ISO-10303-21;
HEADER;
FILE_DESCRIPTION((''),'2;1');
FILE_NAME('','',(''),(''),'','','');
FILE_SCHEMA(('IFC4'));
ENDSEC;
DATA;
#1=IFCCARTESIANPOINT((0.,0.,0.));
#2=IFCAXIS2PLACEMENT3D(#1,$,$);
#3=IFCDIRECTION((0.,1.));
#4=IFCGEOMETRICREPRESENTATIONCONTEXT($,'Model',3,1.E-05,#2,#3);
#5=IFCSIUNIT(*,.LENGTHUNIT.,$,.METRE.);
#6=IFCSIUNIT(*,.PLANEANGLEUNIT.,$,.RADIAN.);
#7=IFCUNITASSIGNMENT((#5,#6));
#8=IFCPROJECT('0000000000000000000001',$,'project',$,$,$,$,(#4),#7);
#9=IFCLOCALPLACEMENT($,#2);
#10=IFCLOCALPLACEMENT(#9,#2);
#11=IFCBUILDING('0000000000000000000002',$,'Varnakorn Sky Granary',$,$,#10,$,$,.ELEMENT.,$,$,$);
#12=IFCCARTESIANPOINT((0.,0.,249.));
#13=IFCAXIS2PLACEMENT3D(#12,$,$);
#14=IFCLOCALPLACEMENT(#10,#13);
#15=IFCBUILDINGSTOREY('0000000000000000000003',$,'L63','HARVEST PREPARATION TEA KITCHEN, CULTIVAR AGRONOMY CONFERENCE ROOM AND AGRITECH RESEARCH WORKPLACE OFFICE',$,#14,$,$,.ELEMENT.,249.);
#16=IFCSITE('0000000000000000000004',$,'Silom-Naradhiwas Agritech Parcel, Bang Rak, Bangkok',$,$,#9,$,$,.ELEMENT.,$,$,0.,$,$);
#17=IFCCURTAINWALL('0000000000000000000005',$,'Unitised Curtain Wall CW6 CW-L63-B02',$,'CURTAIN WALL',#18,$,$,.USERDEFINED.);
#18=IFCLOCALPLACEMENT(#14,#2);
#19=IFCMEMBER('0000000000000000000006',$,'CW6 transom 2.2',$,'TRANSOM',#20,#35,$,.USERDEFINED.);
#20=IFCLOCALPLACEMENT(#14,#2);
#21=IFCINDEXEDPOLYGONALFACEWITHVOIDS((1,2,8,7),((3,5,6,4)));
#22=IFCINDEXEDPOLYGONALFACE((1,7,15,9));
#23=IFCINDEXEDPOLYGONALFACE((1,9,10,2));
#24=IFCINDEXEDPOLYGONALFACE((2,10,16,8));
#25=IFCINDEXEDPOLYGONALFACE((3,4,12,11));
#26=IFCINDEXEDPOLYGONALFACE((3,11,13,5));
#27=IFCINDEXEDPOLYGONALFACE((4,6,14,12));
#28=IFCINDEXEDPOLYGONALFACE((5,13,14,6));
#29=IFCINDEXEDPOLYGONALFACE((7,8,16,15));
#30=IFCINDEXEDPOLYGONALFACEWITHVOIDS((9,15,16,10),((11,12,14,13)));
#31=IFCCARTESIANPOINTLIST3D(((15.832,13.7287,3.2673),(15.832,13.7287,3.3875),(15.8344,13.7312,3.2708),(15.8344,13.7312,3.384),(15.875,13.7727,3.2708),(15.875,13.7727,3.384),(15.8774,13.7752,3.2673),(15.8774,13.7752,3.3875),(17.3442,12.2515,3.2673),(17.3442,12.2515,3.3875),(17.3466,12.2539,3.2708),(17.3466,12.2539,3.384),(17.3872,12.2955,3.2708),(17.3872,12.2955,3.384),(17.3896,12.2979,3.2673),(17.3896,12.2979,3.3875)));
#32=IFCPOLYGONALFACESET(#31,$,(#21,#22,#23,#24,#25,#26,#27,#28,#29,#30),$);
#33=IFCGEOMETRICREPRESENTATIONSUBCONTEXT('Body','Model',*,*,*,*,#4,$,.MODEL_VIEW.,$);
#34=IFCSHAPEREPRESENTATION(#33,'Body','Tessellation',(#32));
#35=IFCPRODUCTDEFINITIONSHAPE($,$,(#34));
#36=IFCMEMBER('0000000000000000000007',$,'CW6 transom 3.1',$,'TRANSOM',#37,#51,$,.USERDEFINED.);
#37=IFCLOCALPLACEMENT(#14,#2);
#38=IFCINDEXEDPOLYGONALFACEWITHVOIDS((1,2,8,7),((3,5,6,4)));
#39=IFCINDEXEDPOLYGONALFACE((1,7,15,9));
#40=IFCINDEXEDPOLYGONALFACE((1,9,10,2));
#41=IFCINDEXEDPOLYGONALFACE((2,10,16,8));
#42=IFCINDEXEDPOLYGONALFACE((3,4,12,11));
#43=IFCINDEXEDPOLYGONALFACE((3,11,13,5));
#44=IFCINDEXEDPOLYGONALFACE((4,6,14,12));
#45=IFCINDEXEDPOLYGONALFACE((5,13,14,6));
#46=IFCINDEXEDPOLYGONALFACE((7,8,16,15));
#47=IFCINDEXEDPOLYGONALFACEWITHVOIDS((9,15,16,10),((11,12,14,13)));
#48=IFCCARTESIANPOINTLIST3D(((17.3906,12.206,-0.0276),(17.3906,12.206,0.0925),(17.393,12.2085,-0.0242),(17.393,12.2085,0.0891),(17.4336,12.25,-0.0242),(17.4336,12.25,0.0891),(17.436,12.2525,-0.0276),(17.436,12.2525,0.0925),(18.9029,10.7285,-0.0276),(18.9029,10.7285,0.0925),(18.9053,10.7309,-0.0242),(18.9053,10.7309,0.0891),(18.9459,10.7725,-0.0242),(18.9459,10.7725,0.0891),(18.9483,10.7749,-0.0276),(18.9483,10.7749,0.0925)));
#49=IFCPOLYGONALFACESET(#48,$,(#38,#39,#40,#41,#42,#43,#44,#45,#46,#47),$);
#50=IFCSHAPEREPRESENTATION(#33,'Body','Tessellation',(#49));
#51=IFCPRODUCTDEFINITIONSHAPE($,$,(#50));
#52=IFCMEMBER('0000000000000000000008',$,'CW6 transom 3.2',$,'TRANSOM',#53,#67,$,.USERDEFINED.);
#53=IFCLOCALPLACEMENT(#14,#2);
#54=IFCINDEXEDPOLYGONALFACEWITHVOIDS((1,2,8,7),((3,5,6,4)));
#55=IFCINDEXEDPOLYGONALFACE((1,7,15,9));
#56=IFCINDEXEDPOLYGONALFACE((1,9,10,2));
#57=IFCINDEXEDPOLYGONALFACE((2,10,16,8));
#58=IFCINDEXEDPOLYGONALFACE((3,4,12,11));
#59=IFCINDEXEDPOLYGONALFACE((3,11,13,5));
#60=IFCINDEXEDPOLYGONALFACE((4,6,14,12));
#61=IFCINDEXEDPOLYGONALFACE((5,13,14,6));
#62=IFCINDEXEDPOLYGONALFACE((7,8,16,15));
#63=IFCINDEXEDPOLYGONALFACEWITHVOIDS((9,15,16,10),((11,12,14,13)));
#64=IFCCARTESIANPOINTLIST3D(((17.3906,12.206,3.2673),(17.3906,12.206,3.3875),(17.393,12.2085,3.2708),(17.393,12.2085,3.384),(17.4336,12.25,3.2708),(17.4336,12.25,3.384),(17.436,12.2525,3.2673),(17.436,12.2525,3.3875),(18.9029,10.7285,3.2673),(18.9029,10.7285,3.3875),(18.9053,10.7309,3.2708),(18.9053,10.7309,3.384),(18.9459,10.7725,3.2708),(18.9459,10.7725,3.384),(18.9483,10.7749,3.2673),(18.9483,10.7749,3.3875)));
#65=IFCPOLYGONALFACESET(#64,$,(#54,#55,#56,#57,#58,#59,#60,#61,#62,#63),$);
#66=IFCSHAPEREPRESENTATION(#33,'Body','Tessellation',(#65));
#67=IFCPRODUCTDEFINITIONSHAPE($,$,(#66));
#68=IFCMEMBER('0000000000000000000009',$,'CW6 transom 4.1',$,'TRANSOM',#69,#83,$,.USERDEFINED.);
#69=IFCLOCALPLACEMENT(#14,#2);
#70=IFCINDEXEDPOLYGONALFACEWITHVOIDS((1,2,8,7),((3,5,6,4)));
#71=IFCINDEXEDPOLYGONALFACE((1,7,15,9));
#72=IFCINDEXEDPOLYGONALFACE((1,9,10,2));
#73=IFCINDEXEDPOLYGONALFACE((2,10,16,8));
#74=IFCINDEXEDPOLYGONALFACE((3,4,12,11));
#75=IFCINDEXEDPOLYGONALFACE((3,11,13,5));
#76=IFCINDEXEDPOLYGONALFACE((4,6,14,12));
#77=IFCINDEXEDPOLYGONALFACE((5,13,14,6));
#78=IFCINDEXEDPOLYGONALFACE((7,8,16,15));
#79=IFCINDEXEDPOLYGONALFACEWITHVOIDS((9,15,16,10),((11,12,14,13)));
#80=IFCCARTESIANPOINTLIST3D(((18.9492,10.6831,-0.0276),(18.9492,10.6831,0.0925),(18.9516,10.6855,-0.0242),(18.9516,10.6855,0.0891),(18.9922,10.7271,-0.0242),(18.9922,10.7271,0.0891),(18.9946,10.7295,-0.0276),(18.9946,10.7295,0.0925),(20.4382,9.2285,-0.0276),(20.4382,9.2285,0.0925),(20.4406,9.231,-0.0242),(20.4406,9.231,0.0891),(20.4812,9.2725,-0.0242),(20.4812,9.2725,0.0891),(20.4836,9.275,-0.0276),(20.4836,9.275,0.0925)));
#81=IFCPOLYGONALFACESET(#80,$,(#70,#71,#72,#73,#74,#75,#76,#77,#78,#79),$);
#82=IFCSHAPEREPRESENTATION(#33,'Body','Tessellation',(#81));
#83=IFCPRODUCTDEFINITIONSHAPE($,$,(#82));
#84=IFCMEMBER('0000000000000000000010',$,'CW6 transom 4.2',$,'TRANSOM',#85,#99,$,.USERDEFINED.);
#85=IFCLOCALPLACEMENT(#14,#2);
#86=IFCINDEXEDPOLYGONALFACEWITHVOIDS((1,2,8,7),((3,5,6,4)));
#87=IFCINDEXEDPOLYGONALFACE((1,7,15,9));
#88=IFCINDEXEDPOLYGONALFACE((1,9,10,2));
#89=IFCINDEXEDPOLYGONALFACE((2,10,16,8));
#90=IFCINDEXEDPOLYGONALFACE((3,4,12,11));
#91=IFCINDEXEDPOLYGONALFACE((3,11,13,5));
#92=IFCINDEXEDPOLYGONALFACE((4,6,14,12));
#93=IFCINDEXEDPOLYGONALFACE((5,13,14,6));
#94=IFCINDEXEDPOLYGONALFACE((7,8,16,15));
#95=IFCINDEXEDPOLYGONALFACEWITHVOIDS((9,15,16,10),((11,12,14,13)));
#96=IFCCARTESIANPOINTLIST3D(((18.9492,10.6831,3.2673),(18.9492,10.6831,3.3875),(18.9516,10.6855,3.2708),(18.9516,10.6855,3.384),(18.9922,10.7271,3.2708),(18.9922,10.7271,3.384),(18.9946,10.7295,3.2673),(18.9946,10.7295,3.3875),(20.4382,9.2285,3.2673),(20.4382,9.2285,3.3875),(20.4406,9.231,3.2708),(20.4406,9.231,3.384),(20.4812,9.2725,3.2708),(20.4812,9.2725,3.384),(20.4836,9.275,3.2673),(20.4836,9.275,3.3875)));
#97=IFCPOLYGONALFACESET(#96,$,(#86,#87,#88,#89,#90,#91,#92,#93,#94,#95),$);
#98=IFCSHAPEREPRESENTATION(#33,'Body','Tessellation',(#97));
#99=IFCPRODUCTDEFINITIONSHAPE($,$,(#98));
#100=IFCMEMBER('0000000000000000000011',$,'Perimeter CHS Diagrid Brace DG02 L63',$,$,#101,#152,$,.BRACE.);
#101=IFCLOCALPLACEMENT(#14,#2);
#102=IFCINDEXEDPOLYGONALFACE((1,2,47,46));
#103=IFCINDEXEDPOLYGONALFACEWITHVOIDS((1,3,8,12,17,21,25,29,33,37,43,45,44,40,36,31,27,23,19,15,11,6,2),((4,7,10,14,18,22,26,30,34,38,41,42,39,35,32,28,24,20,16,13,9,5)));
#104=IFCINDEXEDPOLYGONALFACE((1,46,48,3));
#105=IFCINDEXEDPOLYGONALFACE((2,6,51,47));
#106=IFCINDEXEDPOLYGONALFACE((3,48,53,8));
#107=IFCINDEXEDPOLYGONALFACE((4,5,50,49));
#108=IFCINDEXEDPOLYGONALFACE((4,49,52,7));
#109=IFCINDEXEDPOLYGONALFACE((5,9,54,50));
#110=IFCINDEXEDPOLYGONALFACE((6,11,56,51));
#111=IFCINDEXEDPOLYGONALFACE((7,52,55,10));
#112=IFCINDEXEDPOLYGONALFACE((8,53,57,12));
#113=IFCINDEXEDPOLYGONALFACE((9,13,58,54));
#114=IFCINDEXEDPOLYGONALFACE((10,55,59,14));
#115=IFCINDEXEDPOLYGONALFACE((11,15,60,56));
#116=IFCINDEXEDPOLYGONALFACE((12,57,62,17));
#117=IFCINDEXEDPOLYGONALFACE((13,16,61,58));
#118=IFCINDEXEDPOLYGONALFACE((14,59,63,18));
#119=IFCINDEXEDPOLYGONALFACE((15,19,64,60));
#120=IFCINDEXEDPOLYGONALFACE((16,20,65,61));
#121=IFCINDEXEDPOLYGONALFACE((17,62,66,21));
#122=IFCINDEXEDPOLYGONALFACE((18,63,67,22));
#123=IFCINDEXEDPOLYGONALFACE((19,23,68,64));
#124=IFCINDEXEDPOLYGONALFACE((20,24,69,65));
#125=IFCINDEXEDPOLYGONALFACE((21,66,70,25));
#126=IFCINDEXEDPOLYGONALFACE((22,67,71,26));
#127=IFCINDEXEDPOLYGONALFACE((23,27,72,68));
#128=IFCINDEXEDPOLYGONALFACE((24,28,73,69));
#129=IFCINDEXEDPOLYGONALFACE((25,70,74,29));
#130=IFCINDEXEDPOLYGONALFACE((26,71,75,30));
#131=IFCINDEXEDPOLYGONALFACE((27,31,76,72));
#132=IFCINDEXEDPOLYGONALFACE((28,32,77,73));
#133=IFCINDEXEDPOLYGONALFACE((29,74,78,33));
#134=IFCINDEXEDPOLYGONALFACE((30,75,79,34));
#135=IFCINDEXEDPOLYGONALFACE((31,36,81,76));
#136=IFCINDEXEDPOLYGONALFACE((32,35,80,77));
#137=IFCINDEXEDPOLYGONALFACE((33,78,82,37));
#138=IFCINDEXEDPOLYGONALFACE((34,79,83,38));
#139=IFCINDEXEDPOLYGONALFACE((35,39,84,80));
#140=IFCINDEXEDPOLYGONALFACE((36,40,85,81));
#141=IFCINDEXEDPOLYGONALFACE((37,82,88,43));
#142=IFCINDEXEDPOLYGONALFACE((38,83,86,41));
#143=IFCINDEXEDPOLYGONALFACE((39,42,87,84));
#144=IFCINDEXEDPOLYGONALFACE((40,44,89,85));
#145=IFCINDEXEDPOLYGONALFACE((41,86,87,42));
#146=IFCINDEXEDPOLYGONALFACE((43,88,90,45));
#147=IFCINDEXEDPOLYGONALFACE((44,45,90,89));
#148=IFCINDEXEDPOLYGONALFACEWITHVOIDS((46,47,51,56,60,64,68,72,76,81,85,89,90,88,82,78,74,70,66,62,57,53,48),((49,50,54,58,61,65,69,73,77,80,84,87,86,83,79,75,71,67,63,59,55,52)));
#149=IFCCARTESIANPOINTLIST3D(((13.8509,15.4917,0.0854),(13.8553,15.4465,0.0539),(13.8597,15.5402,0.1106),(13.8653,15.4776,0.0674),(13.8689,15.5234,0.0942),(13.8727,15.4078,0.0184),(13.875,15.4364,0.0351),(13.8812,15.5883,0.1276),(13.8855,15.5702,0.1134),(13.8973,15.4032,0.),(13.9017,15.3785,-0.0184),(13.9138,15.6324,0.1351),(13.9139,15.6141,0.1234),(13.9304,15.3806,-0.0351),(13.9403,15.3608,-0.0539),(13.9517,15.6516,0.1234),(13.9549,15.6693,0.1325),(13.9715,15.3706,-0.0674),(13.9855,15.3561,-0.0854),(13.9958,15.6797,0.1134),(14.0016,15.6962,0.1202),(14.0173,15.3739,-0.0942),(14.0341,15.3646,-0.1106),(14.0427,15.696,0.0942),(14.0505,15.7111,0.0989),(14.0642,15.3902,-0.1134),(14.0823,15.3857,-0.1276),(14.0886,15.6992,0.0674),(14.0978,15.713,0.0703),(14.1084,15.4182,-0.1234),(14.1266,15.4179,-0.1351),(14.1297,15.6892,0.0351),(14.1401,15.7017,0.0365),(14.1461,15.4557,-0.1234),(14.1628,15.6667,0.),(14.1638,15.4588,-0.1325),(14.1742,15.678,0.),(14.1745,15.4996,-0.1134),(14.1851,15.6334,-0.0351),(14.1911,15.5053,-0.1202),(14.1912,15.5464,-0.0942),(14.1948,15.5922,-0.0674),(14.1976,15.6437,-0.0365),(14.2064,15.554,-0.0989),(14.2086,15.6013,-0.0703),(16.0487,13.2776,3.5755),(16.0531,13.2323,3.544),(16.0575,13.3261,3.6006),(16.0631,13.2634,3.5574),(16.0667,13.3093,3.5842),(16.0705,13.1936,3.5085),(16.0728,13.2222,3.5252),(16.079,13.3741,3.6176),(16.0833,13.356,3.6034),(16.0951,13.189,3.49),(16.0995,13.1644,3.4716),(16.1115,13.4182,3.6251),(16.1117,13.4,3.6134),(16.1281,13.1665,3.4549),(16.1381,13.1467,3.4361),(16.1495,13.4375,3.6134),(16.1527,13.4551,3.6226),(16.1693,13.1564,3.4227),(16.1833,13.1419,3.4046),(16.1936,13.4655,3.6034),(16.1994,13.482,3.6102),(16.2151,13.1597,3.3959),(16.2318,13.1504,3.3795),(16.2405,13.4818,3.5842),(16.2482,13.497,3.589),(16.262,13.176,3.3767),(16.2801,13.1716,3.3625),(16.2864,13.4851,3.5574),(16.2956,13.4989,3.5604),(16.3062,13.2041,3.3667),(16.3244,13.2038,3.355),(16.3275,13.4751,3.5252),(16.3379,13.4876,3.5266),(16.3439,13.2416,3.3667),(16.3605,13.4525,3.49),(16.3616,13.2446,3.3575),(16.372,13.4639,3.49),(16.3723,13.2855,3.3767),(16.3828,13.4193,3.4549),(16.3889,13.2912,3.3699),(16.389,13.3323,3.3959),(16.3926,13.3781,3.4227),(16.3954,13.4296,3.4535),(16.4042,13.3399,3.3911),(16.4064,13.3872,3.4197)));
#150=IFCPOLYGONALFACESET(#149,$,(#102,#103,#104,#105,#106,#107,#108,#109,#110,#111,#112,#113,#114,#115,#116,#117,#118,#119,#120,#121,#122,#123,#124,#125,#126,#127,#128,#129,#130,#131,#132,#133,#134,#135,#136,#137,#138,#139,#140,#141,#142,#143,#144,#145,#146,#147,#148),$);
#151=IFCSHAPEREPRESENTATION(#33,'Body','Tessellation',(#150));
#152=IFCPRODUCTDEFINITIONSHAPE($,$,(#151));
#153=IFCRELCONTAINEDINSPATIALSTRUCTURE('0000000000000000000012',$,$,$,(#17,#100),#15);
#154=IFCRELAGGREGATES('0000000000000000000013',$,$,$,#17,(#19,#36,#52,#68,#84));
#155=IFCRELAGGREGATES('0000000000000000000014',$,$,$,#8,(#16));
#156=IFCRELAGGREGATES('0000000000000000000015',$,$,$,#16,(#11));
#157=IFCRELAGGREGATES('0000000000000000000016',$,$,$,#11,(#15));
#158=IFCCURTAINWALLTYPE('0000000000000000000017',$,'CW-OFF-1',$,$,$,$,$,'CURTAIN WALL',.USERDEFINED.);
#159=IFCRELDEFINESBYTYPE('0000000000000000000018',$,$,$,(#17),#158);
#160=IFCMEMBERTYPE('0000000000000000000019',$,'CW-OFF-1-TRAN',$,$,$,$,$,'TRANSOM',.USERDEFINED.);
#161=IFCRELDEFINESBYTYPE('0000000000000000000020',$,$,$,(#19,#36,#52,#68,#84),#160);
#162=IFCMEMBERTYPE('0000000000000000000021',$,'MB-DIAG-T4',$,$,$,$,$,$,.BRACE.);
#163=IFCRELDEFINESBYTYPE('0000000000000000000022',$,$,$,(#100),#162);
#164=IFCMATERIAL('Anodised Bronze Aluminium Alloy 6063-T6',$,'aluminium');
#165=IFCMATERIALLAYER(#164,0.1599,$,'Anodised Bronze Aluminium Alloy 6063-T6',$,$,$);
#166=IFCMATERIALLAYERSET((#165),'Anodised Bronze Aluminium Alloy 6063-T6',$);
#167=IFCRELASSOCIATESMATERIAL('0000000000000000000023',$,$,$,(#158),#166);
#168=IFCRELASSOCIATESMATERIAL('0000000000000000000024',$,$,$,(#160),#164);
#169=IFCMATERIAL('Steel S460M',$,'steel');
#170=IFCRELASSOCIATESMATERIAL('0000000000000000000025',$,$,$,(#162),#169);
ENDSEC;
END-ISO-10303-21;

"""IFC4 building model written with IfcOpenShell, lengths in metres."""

from ifc_helpers import new_model, si_unit, direction, frame, origin, origin_2d, place, context, subcontext, project, spatial, hollow_rectangle, hollow_circle, extrude, material, layer, layer_set, material_profile, profile_set, type_object, element, aggregate, save


model = new_model("IFC4")

# Units and contexts
model_context = context("Model", 3, precision=1e-05, world=origin(), true_north=direction((0.0, 1.0)))
body_context = subcontext(model_context, "Body", "Model", "MODEL_VIEW")
ifc_project = project(units=[si_unit("LENGTHUNIT", "METRE"), si_unit("PLANEANGLEUNIT", "RADIAN")], contexts=[model_context])

# Site, building, storey
site_placement = place(None, origin())
site = spatial("IfcSite", under=ifc_project, at=site_placement, Name="Silom-Naradhiwas Agritech Parcel, Bang Rak, Bangkok", CompositionType="ELEMENT", RefElevation=0.0)
building_placement = place(site_placement, origin())
building = spatial("IfcBuilding", under=site, at=building_placement, Name="Varnakorn Sky Granary", CompositionType="ELEMENT")
storey_placement = place(building_placement, frame((0.0, 0.0, 249.0)))
storey = spatial("IfcBuildingStorey", under=building, at=storey_placement, Name="L63", Description="HARVEST PREPARATION TEA KITCHEN, CULTIVAR AGRONOMY CONFERENCE ROOM AND AGRITECH RESEARCH WORKPLACE OFFICE", CompositionType="ELEMENT", Elevation=249.0)

# Curtain wall, members
ifc_material_1 = material(Name="Anodised Bronze Aluminium Alloy 6063-T6", Category="aluminium")
ifc_layer_1 = layer(ifc_material_1, 0.1599, Name="Anodised Bronze Aluminium Alloy 6063-T6")
ifc_layer_set_1 = layer_set([ifc_layer_1], Name="Anodised Bronze Aluminium Alloy 6063-T6")
curtain_wall_type = type_object("IfcCurtainWallType", Name="CW-OFF-1", ElementType="CURTAIN WALL", PredefinedType="USERDEFINED", material=ifc_layer_set_1)
curtain_wall_placement = place(storey_placement, origin())
curtain_wall = element("IfcCurtainWall", 1, at=curtain_wall_placement, inside=storey, type_object=curtain_wall_type, Name="Unitised Curtain Wall CW6 CW-L63-B02", ObjectType="CURTAIN WALL", PredefinedType="USERDEFINED")
ifc_material_profile_1 = material_profile(ifc_material_1, hollow_rectangle(XDim=0.0649, YDim=0.1201, WallThickness=0.0034, at=origin_2d()), Name="ALU TRAN 65x120")
ifc_profile_set_1 = profile_set([ifc_material_profile_1], Name="Anodised Bronze Aluminium Alloy 6063-T6")
member_type_1 = type_object("IfcMemberType", Name="CW-OFF-1-TRAN", ElementType="TRANSOM", PredefinedType="USERDEFINED", material=ifc_profile_set_1)
member_1_placement = place(storey_placement, frame((15.8547, 13.752, 3.3274), z_axis=(0.715316, -0.698801, 0.0), x_axis=(0.698801, 0.715316, 0.0)))
member_1 = element("IfcMember", 2, at=member_1_placement, type_object=member_type_1, Name="CW6 transom 2.2", ObjectType="TRANSOM", PredefinedType="USERDEFINED", context=body_context, shape_type="SweptSolid", body=[
    extrude(hollow_rectangle(XDim=0.0649, YDim=0.1201, WallThickness=0.0034, at=origin_2d()), origin(), (0.0, 0.0, 1.0), 2.114),
])
member_2_placement = place(storey_placement, frame((17.4133, 12.2292, 0.0325), z_axis=(0.715258, -0.69886, 0.0), x_axis=(0.69886, 0.715258, 0.0)))
member_2 = element("IfcMember", 3, at=member_2_placement, type_object=member_type_1, Name="CW6 transom 3.1", ObjectType="TRANSOM", PredefinedType="USERDEFINED", context=body_context, shape_type="SweptSolid", body=[
    extrude(hollow_rectangle(XDim=0.0649, YDim=0.1201, WallThickness=0.0034, at=origin_2d()), origin(), (0.0, 0.0, 1.0), 2.1143),
])
member_3_placement = place(storey_placement, frame((17.4133, 12.2292, 3.3274), z_axis=(0.715258, -0.69886, 0.0), x_axis=(0.69886, 0.715258, 0.0)))
member_3 = element("IfcMember", 4, at=member_3_placement, type_object=member_type_1, Name="CW6 transom 3.2", ObjectType="TRANSOM", PredefinedType="USERDEFINED", context=body_context, shape_type="SweptSolid", body=[
    extrude(hollow_rectangle(XDim=0.0649, YDim=0.1201, WallThickness=0.0034, at=origin_2d()), origin(), (0.0, 0.0, 1.0), 2.1143),
])
member_4_placement = place(storey_placement, frame((18.9719, 10.7063, 0.0325), z_axis=(0.715327, -0.69879, 0.0), x_axis=(0.69879, 0.715327, 0.0)))
member_4 = element("IfcMember", 5, at=member_4_placement, type_object=member_type_1, Name="CW6 transom 4.1", ObjectType="TRANSOM", PredefinedType="USERDEFINED", context=body_context, shape_type="SweptSolid", body=[
    extrude(hollow_rectangle(XDim=0.0649, YDim=0.1201, WallThickness=0.0034, at=origin_2d()), origin(), (0.0, 0.0, 1.0), 2.0815),
])
member_5_placement = place(storey_placement, frame((18.9719, 10.7063, 3.3274), z_axis=(0.715327, -0.69879, 0.0), x_axis=(0.69879, 0.715327, 0.0)))
member_5 = element("IfcMember", 6, at=member_5_placement, type_object=member_type_1, Name="CW6 transom 4.2", ObjectType="TRANSOM", PredefinedType="USERDEFINED", context=body_context, shape_type="SweptSolid", body=[
    extrude(hollow_rectangle(XDim=0.0649, YDim=0.1201, WallThickness=0.0034, at=origin_2d()), origin(), (0.0, 0.0, 1.0), 2.0815),
])

# Member
ifc_material_2 = material(Name="Steel S460M", Category="steel")
ifc_material_profile_2 = material_profile(ifc_material_2, hollow_circle(Radius=0.2031, WallThickness=0.0161, at=origin_2d()), Name="CHS 406.4x16")
ifc_profile_set_2 = profile_set([ifc_material_profile_2], Name="Steel S460M")
member_type_2 = type_object("IfcMemberType", Name="MB-DIAG-T4", PredefinedType="BRACE", material=ifc_profile_set_2)
member_6_placement = place(storey_placement, frame((14.03, 15.5349, 0.0), z_axis=(0.469498, -0.472992, 0.745553), x_axis=(0.709724, 0.70448, 0.0)))
element("IfcMember", 7, at=member_6_placement, inside=storey, type_object=member_type_2, Name="Perimeter CHS Diagrid Brace DG02 L63", PredefinedType="BRACE", context=body_context, shape_type="SweptSolid", body=[
    extrude(hollow_circle(Radius=0.2031, WallThickness=0.0161, at=origin_2d()), origin(), (0.0, 0.0, 1.0), 4.6812),
])

aggregate(curtain_wall, [member_1, member_2, member_3, member_4, member_5])

save(model, "model.ifc")
